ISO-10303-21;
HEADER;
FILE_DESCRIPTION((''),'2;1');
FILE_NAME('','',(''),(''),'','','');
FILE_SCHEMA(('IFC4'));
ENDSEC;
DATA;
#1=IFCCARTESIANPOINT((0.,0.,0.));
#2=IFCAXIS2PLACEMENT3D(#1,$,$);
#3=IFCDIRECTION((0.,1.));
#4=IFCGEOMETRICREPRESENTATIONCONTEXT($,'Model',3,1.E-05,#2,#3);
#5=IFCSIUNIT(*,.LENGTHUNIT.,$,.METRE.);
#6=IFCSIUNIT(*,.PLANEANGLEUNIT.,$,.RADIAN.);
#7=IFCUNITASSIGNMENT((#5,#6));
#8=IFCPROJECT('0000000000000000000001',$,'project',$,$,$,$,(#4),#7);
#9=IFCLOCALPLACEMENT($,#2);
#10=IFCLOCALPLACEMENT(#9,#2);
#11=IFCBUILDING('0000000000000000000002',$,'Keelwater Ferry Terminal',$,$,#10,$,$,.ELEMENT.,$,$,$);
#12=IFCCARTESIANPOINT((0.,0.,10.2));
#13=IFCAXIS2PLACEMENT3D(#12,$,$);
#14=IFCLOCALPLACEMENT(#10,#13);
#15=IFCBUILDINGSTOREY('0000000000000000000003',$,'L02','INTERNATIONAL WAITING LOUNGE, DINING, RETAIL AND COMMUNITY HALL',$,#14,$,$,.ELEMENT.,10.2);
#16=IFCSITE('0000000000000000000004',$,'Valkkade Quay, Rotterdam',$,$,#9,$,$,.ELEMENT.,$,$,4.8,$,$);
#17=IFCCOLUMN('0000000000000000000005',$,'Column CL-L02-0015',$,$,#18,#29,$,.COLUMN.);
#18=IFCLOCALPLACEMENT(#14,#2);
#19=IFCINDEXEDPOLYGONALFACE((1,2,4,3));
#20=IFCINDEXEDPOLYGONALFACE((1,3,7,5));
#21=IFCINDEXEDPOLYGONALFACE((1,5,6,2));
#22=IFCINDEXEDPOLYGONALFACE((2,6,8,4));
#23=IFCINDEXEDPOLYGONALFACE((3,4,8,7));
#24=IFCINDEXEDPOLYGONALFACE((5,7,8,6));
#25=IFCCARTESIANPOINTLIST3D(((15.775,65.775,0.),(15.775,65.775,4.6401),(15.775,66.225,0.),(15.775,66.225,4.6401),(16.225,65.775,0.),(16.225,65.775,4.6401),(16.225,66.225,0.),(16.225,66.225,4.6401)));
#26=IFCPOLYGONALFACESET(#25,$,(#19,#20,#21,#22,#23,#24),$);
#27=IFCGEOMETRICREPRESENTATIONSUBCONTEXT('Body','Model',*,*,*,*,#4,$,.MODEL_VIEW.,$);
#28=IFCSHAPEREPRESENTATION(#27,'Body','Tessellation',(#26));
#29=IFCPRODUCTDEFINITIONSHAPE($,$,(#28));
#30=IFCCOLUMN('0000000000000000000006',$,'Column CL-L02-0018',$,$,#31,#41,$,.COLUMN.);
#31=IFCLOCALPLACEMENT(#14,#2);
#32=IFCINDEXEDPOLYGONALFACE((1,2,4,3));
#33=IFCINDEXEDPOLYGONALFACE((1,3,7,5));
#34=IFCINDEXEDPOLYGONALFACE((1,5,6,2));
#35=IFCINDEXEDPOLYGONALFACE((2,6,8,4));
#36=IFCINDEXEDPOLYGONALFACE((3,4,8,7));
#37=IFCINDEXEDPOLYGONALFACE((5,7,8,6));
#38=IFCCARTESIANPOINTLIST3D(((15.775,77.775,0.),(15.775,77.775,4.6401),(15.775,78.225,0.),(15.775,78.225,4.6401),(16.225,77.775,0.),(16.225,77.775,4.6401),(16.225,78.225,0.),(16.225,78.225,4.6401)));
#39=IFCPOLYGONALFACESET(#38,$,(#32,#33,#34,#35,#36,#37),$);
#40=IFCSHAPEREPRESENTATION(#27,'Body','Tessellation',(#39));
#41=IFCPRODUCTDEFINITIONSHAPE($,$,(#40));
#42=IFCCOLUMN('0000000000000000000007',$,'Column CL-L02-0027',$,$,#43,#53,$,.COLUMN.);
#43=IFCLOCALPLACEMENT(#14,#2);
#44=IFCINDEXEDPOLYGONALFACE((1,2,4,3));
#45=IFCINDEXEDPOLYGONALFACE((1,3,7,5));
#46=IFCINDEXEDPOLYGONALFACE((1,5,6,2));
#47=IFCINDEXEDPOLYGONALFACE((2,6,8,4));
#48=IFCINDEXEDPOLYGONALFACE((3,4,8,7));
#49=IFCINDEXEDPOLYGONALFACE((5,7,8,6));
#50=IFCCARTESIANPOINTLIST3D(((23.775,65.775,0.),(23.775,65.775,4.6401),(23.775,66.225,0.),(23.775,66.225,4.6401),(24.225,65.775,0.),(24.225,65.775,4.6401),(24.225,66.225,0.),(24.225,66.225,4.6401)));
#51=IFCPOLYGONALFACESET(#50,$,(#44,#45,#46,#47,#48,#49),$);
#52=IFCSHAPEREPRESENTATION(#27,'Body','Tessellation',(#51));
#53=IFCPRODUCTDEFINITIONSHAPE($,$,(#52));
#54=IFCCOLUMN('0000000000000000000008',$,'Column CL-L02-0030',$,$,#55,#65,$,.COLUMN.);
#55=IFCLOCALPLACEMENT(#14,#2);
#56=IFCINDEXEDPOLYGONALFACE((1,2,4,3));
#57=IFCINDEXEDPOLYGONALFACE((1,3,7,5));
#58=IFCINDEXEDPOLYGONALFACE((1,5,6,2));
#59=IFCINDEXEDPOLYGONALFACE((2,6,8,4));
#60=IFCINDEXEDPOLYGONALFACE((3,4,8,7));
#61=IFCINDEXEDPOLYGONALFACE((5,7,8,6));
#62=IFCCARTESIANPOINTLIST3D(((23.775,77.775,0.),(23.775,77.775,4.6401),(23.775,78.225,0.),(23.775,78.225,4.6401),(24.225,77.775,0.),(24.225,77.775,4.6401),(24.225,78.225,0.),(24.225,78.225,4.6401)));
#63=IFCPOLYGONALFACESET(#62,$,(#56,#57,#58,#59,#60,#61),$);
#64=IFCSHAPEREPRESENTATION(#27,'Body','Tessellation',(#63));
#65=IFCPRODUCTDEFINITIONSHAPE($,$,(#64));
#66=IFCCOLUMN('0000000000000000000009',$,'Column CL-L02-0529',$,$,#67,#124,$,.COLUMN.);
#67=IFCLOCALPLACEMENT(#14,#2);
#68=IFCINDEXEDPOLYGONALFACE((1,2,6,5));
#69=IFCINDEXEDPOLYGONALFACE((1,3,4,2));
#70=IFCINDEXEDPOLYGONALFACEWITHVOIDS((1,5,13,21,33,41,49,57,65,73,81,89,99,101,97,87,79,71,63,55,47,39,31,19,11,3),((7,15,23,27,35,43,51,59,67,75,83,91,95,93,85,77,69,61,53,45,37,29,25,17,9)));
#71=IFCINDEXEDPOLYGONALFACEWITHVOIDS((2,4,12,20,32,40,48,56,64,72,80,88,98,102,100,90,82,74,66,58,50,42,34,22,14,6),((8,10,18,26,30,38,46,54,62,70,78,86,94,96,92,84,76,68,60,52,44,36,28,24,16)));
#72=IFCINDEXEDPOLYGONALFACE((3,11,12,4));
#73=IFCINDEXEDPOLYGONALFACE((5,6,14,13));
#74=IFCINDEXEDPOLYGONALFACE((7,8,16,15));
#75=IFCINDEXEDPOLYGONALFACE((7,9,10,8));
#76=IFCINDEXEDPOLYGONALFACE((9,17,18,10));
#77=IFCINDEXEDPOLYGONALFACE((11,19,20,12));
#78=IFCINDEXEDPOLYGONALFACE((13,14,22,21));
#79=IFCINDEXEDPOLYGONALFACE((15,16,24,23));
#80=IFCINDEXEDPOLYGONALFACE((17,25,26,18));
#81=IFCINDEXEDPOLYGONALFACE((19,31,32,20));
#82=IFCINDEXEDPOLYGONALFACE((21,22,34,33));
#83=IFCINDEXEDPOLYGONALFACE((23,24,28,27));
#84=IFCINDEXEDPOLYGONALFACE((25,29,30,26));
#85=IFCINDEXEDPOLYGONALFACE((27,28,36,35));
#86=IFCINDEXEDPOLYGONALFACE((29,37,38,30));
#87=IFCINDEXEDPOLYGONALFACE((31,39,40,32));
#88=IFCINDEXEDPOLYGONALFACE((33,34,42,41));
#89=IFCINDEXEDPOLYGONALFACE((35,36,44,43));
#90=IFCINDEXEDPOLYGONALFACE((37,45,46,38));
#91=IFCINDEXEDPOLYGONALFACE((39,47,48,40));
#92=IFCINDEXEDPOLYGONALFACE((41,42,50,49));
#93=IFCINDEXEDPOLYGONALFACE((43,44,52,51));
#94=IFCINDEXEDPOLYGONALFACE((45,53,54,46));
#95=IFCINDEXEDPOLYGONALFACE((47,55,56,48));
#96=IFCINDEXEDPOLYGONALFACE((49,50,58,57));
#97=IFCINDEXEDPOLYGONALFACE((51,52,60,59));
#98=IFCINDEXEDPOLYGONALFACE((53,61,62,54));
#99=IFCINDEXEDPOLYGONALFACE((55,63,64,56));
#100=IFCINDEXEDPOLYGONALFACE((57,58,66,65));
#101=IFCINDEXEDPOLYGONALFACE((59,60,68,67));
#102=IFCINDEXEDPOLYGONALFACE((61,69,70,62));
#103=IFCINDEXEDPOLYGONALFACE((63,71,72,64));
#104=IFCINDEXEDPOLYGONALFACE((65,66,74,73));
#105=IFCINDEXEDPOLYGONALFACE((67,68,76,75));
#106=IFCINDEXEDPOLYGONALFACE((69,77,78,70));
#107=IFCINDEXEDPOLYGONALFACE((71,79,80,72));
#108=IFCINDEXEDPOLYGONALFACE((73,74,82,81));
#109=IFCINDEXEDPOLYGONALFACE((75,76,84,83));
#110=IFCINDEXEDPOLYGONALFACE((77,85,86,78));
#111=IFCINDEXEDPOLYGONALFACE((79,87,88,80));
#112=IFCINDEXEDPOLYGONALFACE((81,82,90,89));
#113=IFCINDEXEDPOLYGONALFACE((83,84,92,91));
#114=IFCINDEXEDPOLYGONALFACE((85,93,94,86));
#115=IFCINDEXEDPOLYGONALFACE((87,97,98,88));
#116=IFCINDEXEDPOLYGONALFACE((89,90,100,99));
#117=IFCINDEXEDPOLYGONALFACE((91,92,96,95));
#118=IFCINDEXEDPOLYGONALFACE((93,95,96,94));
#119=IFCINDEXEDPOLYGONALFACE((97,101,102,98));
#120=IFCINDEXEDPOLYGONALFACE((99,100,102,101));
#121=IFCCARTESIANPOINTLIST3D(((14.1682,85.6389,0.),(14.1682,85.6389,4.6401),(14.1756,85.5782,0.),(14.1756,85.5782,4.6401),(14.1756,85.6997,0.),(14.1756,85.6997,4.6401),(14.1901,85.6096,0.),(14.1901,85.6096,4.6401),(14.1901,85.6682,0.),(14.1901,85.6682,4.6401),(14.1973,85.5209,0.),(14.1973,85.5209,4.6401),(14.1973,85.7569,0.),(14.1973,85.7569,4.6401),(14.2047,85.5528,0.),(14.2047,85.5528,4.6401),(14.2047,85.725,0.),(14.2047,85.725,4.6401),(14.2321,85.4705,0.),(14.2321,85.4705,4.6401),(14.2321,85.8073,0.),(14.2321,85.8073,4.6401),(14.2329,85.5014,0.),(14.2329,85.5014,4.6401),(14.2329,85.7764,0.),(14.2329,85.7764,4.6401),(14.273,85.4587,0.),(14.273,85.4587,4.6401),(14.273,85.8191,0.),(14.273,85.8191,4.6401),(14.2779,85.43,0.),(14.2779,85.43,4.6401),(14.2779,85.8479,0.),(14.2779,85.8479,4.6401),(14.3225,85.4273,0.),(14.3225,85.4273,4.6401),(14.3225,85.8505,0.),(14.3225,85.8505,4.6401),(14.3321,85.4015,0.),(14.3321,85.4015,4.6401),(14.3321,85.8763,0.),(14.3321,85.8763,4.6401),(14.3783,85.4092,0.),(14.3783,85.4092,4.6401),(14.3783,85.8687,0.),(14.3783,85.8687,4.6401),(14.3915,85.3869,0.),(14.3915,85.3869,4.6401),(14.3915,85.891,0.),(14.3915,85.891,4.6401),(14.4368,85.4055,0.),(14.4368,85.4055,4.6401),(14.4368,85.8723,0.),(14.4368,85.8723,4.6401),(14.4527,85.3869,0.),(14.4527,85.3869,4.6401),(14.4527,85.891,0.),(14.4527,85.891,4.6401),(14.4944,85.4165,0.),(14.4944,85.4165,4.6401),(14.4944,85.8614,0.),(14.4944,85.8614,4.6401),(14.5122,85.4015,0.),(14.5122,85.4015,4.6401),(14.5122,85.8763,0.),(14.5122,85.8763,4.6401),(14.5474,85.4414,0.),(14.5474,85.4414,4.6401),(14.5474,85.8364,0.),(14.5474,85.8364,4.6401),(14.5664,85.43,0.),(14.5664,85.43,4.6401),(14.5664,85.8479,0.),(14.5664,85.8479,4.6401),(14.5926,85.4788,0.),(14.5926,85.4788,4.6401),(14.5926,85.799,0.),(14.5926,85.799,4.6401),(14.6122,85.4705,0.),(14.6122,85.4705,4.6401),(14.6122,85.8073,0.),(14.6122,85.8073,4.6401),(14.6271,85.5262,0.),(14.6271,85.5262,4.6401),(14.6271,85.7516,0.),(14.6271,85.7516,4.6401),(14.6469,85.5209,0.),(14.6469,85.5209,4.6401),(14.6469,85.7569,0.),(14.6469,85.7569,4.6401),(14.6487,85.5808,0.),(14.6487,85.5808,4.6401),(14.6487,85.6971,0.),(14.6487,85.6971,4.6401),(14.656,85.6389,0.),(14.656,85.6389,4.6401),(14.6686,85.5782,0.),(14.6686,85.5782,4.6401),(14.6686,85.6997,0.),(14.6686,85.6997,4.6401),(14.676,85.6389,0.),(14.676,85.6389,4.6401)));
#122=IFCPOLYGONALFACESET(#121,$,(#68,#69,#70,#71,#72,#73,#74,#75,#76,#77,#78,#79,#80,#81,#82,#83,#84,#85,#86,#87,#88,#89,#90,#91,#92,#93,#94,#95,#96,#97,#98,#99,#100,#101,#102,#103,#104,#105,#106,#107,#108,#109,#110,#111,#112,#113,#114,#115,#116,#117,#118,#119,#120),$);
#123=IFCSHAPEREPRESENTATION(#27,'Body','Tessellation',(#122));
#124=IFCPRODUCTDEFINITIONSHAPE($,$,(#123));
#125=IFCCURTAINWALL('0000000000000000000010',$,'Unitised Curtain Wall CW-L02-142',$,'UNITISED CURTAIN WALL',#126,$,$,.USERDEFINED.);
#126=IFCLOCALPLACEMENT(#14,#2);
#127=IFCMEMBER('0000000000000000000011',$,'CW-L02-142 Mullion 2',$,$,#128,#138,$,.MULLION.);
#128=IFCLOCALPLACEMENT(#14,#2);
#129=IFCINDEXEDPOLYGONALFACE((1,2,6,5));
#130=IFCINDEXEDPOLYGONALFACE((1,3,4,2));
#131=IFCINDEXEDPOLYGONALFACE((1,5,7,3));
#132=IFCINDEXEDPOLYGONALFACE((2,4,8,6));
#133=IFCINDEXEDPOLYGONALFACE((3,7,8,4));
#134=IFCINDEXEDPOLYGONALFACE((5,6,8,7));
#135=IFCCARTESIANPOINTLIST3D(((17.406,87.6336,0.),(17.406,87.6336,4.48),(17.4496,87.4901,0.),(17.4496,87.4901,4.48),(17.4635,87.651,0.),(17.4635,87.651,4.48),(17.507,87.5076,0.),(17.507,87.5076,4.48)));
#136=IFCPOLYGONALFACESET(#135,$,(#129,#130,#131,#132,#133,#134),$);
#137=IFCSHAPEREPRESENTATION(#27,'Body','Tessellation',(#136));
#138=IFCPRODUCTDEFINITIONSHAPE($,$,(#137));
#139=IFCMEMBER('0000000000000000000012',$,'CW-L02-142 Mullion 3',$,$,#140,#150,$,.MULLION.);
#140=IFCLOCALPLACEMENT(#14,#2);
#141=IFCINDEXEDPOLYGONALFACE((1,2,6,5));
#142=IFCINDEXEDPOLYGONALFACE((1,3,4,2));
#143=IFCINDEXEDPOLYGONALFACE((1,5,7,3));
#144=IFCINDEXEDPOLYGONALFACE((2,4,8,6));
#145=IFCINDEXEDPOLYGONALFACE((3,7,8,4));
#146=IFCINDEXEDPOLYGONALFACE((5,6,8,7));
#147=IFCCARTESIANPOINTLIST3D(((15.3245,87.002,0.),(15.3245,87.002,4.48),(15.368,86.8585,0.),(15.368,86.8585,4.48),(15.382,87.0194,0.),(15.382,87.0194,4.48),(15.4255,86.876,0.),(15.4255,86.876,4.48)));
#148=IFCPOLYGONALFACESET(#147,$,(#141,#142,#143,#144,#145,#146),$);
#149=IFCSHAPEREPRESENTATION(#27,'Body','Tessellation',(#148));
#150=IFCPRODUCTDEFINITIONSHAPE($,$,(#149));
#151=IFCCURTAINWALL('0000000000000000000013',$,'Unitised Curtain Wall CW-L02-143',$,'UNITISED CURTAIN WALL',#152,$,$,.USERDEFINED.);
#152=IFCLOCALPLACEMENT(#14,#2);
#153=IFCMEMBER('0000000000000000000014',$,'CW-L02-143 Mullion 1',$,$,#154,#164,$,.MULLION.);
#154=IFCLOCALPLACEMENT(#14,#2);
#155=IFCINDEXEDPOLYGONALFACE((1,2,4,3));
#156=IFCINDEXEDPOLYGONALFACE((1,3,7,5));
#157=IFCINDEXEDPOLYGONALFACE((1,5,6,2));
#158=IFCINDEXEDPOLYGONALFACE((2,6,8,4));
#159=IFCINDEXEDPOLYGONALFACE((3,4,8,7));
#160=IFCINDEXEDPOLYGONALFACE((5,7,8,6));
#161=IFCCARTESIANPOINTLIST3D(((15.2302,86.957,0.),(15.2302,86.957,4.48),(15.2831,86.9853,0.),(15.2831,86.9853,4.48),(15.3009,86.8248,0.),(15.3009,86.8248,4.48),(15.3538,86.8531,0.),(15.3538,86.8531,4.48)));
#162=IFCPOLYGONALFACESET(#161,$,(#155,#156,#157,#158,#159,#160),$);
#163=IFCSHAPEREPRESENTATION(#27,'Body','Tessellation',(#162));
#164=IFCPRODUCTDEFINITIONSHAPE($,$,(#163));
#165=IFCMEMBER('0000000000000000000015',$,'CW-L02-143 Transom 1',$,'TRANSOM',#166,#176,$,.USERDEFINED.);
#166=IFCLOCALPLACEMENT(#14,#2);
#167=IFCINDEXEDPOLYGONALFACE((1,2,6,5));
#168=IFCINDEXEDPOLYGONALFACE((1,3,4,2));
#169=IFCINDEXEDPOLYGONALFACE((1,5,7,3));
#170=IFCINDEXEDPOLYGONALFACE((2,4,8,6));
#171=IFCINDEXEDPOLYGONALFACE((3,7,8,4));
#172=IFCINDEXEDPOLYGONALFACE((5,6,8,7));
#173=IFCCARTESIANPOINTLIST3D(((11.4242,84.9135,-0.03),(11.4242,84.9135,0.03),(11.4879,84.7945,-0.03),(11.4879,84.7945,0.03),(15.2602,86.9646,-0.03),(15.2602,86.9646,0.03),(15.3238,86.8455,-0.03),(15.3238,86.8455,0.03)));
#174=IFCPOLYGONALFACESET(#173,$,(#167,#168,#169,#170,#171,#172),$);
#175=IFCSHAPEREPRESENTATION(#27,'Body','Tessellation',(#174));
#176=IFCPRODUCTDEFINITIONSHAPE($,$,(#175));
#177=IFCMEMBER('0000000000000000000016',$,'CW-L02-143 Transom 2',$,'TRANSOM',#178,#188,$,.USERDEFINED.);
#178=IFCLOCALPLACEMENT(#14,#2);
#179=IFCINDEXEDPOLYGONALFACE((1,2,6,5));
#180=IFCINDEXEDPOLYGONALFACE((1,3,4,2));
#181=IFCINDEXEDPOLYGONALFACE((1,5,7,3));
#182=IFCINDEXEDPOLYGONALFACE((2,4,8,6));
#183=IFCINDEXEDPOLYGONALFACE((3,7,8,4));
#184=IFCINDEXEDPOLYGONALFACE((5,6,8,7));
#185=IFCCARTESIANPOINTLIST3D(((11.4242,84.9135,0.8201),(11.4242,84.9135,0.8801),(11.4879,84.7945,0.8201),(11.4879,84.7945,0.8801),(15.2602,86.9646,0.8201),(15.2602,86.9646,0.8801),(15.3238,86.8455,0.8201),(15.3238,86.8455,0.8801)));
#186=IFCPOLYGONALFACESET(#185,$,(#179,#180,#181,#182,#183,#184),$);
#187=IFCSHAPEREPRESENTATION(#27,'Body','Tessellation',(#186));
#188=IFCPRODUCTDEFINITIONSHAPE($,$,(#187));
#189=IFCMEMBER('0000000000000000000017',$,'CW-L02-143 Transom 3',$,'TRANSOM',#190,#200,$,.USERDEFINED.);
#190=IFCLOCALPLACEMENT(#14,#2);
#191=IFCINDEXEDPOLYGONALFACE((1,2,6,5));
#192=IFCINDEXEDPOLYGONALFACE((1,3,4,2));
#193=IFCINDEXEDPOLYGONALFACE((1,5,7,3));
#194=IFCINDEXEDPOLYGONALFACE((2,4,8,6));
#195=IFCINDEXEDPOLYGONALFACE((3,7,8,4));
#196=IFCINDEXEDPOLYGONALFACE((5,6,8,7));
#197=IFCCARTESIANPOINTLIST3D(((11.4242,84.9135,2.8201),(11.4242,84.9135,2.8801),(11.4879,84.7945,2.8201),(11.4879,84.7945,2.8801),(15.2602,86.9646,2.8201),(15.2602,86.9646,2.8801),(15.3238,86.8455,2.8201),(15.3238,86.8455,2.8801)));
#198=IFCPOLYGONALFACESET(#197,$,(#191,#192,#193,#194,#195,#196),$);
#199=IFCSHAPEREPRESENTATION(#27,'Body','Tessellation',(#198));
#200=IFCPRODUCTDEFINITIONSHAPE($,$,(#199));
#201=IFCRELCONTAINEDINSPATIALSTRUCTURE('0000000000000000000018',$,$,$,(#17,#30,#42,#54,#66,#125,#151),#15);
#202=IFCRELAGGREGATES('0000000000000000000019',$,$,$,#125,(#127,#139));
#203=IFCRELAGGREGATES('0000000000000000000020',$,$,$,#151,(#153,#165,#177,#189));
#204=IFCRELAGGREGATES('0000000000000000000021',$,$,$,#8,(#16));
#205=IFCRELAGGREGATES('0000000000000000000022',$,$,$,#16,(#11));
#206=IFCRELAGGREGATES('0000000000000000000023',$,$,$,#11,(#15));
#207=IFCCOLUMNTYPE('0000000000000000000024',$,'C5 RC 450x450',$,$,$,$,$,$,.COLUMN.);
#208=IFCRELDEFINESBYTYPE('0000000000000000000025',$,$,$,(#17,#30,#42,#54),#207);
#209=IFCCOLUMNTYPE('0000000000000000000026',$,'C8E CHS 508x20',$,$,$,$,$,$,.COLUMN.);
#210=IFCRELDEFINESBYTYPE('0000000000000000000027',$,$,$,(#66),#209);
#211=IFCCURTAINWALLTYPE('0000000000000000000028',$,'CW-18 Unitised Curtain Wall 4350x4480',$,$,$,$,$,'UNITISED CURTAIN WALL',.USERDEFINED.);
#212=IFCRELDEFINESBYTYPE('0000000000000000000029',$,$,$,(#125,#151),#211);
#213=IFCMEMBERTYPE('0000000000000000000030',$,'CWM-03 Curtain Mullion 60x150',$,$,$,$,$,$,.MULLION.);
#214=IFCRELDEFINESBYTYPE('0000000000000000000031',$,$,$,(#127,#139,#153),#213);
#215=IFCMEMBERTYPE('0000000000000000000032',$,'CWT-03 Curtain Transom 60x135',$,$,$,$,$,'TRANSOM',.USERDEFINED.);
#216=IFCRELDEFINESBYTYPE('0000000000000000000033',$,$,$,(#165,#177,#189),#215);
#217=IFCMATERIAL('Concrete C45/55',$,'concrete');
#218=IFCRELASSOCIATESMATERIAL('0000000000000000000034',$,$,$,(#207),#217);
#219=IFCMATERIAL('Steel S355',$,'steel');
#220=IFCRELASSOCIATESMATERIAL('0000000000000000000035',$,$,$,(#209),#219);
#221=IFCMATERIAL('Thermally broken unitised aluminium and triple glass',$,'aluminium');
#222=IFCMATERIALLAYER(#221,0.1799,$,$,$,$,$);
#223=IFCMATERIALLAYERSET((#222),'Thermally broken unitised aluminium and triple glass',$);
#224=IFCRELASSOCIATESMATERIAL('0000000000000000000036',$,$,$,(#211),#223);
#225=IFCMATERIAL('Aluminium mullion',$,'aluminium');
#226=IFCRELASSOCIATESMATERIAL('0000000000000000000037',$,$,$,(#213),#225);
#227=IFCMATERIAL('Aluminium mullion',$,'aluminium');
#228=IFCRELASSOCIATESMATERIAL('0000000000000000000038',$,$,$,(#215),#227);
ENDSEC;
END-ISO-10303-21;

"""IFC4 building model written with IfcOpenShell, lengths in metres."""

from ifc_helpers import new_model, si_unit, direction, frame, origin, origin_2d, place, context, subcontext, project, spatial, rectangle, hollow_circle, extrude, material, layer, layer_set, material_profile, profile_set, type_object, element, aggregate, save


model = new_model("IFC4")

# Units and contexts
model_context = context("Model", 3, precision=1e-05, world=origin(), true_north=direction((0.0, 1.0)))
body_context = subcontext(model_context, "Body", "Model", "MODEL_VIEW")
ifc_project = project(units=[si_unit("LENGTHUNIT", "METRE"), si_unit("PLANEANGLEUNIT", "RADIAN")], contexts=[model_context])

# Site, building, storey
site_placement = place(None, origin())
site = spatial("IfcSite", under=ifc_project, at=site_placement, Name="Valkkade Quay, Rotterdam", CompositionType="ELEMENT", RefElevation=4.8)
building_placement = place(site_placement, origin())
building = spatial("IfcBuilding", under=site, at=building_placement, Name="Keelwater Ferry Terminal", CompositionType="ELEMENT")
storey_placement = place(building_placement, frame((0.0, 0.0, 10.2)))
storey = spatial("IfcBuildingStorey", under=building, at=storey_placement, Name="L02", Description="INTERNATIONAL WAITING LOUNGE, DINING, RETAIL AND COMMUNITY HALL", CompositionType="ELEMENT", Elevation=10.2)

# Columns
ifc_material_1 = material(Name="Concrete C45/55", Category="concrete")
ifc_material_profile_1 = material_profile(ifc_material_1, rectangle(XDim=0.45, YDim=0.45, at=origin_2d()), Name="RC 450x450")
ifc_profile_set_1 = profile_set([ifc_material_profile_1], Name="Concrete C45/55")
column_type_1 = type_object("IfcColumnType", Name="C5 RC 450x450", PredefinedType="COLUMN", material=ifc_profile_set_1)
for number, where, z_axis, x_axis, name in (
    (1, (16.0, 66.0, 0.0), (0.0, 0.0, 1.0), (1.0, 0.0, 0.0), "Column CL-L02-0015"),
    (2, (16.0, 78.0, 0.0), (0.0, 0.0, 1.0), (1.0, 0.0, 0.0), "Column CL-L02-0018"),
    (3, (24.0, 66.0, 0.0), (0.0, 0.0, 1.0), (1.0, 0.0, 0.0), "Column CL-L02-0027"),
    (4, (24.0, 78.0, 0.0), (0.0, 0.0, 1.0), (1.0, 0.0, 0.0), "Column CL-L02-0030"),
):
    element("IfcColumn", number, at=place(storey_placement, frame(where, z_axis=z_axis, x_axis=x_axis)), inside=storey, type_object=column_type_1, Name=name, PredefinedType="COLUMN", context=body_context, shape_type="SweptSolid", body=[
        extrude(rectangle(XDim=0.45, YDim=0.45, at=origin_2d()), origin(), (0.0, 0.0, 1.0), 4.6401),
    ])
ifc_material_2 = material(Name="Steel S355", Category="steel")
ifc_material_profile_2 = material_profile(ifc_material_2, hollow_circle(Radius=0.2539, WallThickness=0.02, at=origin_2d()), Name="CHS 508x20")
ifc_profile_set_2 = profile_set([ifc_material_profile_2], Name="Steel S355")
column_type_2 = type_object("IfcColumnType", Name="C8E CHS 508x20", PredefinedType="COLUMN", material=ifc_profile_set_2)
column_placement = place(storey_placement, frame((14.4221, 85.6389, 0.0), z_axis=(0.0, 0.0, 1.0), x_axis=(1.0, 0.0, 0.0)))
element("IfcColumn", 5, at=column_placement, inside=storey, type_object=column_type_2, Name="Column CL-L02-0529", PredefinedType="COLUMN", context=body_context, shape_type="SweptSolid", body=[
    extrude(hollow_circle(Radius=0.2539, WallThickness=0.02, at=origin_2d()), origin(), (0.0, 0.0, 1.0), 4.6401),
])

# Curtain walls, members
ifc_material_3 = material(Name="Thermally broken unitised aluminium and triple glass", Category="aluminium")
ifc_layer_1 = layer(ifc_material_3, 0.1799)
ifc_layer_set_1 = layer_set([ifc_layer_1], Name="Thermally broken unitised aluminium and triple glass")
curtain_wall_type = type_object("IfcCurtainWallType", Name="CW-18 Unitised Curtain Wall 4350x4480", ElementType="UNITISED CURTAIN WALL", PredefinedType="USERDEFINED", material=ifc_layer_set_1)
curtain_wall_1_placement = place(storey_placement, origin())
curtain_wall_1 = element("IfcCurtainWall", 6, at=curtain_wall_1_placement, inside=storey, type_object=curtain_wall_type, Name="Unitised Curtain Wall CW-L02-142", ObjectType="UNITISED CURTAIN WALL", PredefinedType="USERDEFINED")
ifc_material_4 = material(Name="Aluminium mullion", Category="aluminium")
ifc_material_profile_3 = material_profile(ifc_material_4, rectangle(XDim=0.0601, YDim=0.1499, at=origin_2d()), Name="CWM-03")
ifc_profile_set_3 = profile_set([ifc_material_profile_3], Name="Aluminium mullion")
member_type_1 = type_object("IfcMemberType", Name="CWM-03 Curtain Mullion 60x150", PredefinedType="MULLION", material=ifc_profile_set_3)
member_1_placement = place(storey_placement, frame((17.4565, 87.5706, 0.0), z_axis=(0.0, 0.0, 1.0), x_axis=(-0.95693, -0.29032, 0.0)))
member_1 = element("IfcMember", 7, at=member_1_placement, type_object=member_type_1, Name="CW-L02-142 Mullion 2", PredefinedType="MULLION", context=body_context, shape_type="SweptSolid", body=[
    extrude(rectangle(XDim=0.0601, YDim=0.1499, at=origin_2d()), origin(), (0.0, 0.0, 1.0), 4.48),
])
member_2_placement = place(storey_placement, frame((15.375, 86.939, 0.0), z_axis=(0.0, 0.0, 1.0), x_axis=(-0.95693, -0.29032, 0.0)))
member_2 = element("IfcMember", 8, at=member_2_placement, type_object=member_type_1, Name="CW-L02-142 Mullion 3", PredefinedType="MULLION", context=body_context, shape_type="SweptSolid", body=[
    extrude(rectangle(XDim=0.0601, YDim=0.1499, at=origin_2d()), origin(), (0.0, 0.0, 1.0), 4.48),
])
curtain_wall_2_placement = place(storey_placement, origin())
curtain_wall_2 = element("IfcCurtainWall", 9, at=curtain_wall_2_placement, inside=storey, type_object=curtain_wall_type, Name="Unitised Curtain Wall CW-L02-143", ObjectType="UNITISED CURTAIN WALL", PredefinedType="USERDEFINED")
member_3_placement = place(storey_placement, frame((15.292, 86.905, 0.0), z_axis=(0.0, 0.0, 1.0), x_axis=(-0.881862, -0.471507, 0.0)))
member_3 = element("IfcMember", 10, at=member_3_placement, type_object=member_type_1, Name="CW-L02-143 Mullion 1", PredefinedType="MULLION", context=body_context, shape_type="SweptSolid", body=[
    extrude(rectangle(XDim=0.0601, YDim=0.1499, at=origin_2d()), origin(), (0.0, 0.0, 1.0), 4.48),
])
ifc_material_5 = material(Name="Aluminium mullion", Category="aluminium")
ifc_material_profile_4 = material_profile(ifc_material_5, rectangle(XDim=0.135, YDim=0.0601, at=origin_2d()), Name="CWT-03")
ifc_profile_set_4 = profile_set([ifc_material_profile_4], Name="Aluminium mullion")
member_type_2 = type_object("IfcMemberType", Name="CWT-03 Curtain Transom 60x135", ElementType="TRANSOM", PredefinedType="USERDEFINED", material=ifc_profile_set_4)
member_4_placement = place(storey_placement, frame((15.292, 86.905, 0.0), z_axis=(-0.881857, -0.471517, 0.0), x_axis=(0.471517, -0.881857, 0.0)))
member_4 = element("IfcMember", 11, at=member_4_placement, type_object=member_type_2, Name="CW-L02-143 Transom 1", ObjectType="TRANSOM", PredefinedType="USERDEFINED", context=body_context, shape_type="SweptSolid", body=[
    extrude(rectangle(XDim=0.135, YDim=0.0601, at=origin_2d()), origin(), (0.0, 0.0, 1.0), 4.3499),
])
member_5_placement = place(storey_placement, frame((15.292, 86.905, 0.8501), z_axis=(-0.881857, -0.471517, 0.0), x_axis=(0.471517, -0.881857, 0.0)))
member_5 = element("IfcMember", 12, at=member_5_placement, type_object=member_type_2, Name="CW-L02-143 Transom 2", ObjectType="TRANSOM", PredefinedType="USERDEFINED", context=body_context, shape_type="SweptSolid", body=[
    extrude(rectangle(XDim=0.135, YDim=0.0601, at=origin_2d()), origin(), (0.0, 0.0, 1.0), 4.3499),
])
member_6_placement = place(storey_placement, frame((15.292, 86.905, 2.8501), z_axis=(-0.881857, -0.471517, 0.0), x_axis=(0.471517, -0.881857, 0.0)))
member_6 = element("IfcMember", 13, at=member_6_placement, type_object=member_type_2, Name="CW-L02-143 Transom 3", ObjectType="TRANSOM", PredefinedType="USERDEFINED", context=body_context, shape_type="SweptSolid", body=[
    extrude(rectangle(XDim=0.135, YDim=0.0601, at=origin_2d()), origin(), (0.0, 0.0, 1.0), 4.3499),
])

aggregate(curtain_wall_1, [member_1, member_2])
aggregate(curtain_wall_2, [member_3, member_4, member_5, member_6])

save(model, "model.ifc")
